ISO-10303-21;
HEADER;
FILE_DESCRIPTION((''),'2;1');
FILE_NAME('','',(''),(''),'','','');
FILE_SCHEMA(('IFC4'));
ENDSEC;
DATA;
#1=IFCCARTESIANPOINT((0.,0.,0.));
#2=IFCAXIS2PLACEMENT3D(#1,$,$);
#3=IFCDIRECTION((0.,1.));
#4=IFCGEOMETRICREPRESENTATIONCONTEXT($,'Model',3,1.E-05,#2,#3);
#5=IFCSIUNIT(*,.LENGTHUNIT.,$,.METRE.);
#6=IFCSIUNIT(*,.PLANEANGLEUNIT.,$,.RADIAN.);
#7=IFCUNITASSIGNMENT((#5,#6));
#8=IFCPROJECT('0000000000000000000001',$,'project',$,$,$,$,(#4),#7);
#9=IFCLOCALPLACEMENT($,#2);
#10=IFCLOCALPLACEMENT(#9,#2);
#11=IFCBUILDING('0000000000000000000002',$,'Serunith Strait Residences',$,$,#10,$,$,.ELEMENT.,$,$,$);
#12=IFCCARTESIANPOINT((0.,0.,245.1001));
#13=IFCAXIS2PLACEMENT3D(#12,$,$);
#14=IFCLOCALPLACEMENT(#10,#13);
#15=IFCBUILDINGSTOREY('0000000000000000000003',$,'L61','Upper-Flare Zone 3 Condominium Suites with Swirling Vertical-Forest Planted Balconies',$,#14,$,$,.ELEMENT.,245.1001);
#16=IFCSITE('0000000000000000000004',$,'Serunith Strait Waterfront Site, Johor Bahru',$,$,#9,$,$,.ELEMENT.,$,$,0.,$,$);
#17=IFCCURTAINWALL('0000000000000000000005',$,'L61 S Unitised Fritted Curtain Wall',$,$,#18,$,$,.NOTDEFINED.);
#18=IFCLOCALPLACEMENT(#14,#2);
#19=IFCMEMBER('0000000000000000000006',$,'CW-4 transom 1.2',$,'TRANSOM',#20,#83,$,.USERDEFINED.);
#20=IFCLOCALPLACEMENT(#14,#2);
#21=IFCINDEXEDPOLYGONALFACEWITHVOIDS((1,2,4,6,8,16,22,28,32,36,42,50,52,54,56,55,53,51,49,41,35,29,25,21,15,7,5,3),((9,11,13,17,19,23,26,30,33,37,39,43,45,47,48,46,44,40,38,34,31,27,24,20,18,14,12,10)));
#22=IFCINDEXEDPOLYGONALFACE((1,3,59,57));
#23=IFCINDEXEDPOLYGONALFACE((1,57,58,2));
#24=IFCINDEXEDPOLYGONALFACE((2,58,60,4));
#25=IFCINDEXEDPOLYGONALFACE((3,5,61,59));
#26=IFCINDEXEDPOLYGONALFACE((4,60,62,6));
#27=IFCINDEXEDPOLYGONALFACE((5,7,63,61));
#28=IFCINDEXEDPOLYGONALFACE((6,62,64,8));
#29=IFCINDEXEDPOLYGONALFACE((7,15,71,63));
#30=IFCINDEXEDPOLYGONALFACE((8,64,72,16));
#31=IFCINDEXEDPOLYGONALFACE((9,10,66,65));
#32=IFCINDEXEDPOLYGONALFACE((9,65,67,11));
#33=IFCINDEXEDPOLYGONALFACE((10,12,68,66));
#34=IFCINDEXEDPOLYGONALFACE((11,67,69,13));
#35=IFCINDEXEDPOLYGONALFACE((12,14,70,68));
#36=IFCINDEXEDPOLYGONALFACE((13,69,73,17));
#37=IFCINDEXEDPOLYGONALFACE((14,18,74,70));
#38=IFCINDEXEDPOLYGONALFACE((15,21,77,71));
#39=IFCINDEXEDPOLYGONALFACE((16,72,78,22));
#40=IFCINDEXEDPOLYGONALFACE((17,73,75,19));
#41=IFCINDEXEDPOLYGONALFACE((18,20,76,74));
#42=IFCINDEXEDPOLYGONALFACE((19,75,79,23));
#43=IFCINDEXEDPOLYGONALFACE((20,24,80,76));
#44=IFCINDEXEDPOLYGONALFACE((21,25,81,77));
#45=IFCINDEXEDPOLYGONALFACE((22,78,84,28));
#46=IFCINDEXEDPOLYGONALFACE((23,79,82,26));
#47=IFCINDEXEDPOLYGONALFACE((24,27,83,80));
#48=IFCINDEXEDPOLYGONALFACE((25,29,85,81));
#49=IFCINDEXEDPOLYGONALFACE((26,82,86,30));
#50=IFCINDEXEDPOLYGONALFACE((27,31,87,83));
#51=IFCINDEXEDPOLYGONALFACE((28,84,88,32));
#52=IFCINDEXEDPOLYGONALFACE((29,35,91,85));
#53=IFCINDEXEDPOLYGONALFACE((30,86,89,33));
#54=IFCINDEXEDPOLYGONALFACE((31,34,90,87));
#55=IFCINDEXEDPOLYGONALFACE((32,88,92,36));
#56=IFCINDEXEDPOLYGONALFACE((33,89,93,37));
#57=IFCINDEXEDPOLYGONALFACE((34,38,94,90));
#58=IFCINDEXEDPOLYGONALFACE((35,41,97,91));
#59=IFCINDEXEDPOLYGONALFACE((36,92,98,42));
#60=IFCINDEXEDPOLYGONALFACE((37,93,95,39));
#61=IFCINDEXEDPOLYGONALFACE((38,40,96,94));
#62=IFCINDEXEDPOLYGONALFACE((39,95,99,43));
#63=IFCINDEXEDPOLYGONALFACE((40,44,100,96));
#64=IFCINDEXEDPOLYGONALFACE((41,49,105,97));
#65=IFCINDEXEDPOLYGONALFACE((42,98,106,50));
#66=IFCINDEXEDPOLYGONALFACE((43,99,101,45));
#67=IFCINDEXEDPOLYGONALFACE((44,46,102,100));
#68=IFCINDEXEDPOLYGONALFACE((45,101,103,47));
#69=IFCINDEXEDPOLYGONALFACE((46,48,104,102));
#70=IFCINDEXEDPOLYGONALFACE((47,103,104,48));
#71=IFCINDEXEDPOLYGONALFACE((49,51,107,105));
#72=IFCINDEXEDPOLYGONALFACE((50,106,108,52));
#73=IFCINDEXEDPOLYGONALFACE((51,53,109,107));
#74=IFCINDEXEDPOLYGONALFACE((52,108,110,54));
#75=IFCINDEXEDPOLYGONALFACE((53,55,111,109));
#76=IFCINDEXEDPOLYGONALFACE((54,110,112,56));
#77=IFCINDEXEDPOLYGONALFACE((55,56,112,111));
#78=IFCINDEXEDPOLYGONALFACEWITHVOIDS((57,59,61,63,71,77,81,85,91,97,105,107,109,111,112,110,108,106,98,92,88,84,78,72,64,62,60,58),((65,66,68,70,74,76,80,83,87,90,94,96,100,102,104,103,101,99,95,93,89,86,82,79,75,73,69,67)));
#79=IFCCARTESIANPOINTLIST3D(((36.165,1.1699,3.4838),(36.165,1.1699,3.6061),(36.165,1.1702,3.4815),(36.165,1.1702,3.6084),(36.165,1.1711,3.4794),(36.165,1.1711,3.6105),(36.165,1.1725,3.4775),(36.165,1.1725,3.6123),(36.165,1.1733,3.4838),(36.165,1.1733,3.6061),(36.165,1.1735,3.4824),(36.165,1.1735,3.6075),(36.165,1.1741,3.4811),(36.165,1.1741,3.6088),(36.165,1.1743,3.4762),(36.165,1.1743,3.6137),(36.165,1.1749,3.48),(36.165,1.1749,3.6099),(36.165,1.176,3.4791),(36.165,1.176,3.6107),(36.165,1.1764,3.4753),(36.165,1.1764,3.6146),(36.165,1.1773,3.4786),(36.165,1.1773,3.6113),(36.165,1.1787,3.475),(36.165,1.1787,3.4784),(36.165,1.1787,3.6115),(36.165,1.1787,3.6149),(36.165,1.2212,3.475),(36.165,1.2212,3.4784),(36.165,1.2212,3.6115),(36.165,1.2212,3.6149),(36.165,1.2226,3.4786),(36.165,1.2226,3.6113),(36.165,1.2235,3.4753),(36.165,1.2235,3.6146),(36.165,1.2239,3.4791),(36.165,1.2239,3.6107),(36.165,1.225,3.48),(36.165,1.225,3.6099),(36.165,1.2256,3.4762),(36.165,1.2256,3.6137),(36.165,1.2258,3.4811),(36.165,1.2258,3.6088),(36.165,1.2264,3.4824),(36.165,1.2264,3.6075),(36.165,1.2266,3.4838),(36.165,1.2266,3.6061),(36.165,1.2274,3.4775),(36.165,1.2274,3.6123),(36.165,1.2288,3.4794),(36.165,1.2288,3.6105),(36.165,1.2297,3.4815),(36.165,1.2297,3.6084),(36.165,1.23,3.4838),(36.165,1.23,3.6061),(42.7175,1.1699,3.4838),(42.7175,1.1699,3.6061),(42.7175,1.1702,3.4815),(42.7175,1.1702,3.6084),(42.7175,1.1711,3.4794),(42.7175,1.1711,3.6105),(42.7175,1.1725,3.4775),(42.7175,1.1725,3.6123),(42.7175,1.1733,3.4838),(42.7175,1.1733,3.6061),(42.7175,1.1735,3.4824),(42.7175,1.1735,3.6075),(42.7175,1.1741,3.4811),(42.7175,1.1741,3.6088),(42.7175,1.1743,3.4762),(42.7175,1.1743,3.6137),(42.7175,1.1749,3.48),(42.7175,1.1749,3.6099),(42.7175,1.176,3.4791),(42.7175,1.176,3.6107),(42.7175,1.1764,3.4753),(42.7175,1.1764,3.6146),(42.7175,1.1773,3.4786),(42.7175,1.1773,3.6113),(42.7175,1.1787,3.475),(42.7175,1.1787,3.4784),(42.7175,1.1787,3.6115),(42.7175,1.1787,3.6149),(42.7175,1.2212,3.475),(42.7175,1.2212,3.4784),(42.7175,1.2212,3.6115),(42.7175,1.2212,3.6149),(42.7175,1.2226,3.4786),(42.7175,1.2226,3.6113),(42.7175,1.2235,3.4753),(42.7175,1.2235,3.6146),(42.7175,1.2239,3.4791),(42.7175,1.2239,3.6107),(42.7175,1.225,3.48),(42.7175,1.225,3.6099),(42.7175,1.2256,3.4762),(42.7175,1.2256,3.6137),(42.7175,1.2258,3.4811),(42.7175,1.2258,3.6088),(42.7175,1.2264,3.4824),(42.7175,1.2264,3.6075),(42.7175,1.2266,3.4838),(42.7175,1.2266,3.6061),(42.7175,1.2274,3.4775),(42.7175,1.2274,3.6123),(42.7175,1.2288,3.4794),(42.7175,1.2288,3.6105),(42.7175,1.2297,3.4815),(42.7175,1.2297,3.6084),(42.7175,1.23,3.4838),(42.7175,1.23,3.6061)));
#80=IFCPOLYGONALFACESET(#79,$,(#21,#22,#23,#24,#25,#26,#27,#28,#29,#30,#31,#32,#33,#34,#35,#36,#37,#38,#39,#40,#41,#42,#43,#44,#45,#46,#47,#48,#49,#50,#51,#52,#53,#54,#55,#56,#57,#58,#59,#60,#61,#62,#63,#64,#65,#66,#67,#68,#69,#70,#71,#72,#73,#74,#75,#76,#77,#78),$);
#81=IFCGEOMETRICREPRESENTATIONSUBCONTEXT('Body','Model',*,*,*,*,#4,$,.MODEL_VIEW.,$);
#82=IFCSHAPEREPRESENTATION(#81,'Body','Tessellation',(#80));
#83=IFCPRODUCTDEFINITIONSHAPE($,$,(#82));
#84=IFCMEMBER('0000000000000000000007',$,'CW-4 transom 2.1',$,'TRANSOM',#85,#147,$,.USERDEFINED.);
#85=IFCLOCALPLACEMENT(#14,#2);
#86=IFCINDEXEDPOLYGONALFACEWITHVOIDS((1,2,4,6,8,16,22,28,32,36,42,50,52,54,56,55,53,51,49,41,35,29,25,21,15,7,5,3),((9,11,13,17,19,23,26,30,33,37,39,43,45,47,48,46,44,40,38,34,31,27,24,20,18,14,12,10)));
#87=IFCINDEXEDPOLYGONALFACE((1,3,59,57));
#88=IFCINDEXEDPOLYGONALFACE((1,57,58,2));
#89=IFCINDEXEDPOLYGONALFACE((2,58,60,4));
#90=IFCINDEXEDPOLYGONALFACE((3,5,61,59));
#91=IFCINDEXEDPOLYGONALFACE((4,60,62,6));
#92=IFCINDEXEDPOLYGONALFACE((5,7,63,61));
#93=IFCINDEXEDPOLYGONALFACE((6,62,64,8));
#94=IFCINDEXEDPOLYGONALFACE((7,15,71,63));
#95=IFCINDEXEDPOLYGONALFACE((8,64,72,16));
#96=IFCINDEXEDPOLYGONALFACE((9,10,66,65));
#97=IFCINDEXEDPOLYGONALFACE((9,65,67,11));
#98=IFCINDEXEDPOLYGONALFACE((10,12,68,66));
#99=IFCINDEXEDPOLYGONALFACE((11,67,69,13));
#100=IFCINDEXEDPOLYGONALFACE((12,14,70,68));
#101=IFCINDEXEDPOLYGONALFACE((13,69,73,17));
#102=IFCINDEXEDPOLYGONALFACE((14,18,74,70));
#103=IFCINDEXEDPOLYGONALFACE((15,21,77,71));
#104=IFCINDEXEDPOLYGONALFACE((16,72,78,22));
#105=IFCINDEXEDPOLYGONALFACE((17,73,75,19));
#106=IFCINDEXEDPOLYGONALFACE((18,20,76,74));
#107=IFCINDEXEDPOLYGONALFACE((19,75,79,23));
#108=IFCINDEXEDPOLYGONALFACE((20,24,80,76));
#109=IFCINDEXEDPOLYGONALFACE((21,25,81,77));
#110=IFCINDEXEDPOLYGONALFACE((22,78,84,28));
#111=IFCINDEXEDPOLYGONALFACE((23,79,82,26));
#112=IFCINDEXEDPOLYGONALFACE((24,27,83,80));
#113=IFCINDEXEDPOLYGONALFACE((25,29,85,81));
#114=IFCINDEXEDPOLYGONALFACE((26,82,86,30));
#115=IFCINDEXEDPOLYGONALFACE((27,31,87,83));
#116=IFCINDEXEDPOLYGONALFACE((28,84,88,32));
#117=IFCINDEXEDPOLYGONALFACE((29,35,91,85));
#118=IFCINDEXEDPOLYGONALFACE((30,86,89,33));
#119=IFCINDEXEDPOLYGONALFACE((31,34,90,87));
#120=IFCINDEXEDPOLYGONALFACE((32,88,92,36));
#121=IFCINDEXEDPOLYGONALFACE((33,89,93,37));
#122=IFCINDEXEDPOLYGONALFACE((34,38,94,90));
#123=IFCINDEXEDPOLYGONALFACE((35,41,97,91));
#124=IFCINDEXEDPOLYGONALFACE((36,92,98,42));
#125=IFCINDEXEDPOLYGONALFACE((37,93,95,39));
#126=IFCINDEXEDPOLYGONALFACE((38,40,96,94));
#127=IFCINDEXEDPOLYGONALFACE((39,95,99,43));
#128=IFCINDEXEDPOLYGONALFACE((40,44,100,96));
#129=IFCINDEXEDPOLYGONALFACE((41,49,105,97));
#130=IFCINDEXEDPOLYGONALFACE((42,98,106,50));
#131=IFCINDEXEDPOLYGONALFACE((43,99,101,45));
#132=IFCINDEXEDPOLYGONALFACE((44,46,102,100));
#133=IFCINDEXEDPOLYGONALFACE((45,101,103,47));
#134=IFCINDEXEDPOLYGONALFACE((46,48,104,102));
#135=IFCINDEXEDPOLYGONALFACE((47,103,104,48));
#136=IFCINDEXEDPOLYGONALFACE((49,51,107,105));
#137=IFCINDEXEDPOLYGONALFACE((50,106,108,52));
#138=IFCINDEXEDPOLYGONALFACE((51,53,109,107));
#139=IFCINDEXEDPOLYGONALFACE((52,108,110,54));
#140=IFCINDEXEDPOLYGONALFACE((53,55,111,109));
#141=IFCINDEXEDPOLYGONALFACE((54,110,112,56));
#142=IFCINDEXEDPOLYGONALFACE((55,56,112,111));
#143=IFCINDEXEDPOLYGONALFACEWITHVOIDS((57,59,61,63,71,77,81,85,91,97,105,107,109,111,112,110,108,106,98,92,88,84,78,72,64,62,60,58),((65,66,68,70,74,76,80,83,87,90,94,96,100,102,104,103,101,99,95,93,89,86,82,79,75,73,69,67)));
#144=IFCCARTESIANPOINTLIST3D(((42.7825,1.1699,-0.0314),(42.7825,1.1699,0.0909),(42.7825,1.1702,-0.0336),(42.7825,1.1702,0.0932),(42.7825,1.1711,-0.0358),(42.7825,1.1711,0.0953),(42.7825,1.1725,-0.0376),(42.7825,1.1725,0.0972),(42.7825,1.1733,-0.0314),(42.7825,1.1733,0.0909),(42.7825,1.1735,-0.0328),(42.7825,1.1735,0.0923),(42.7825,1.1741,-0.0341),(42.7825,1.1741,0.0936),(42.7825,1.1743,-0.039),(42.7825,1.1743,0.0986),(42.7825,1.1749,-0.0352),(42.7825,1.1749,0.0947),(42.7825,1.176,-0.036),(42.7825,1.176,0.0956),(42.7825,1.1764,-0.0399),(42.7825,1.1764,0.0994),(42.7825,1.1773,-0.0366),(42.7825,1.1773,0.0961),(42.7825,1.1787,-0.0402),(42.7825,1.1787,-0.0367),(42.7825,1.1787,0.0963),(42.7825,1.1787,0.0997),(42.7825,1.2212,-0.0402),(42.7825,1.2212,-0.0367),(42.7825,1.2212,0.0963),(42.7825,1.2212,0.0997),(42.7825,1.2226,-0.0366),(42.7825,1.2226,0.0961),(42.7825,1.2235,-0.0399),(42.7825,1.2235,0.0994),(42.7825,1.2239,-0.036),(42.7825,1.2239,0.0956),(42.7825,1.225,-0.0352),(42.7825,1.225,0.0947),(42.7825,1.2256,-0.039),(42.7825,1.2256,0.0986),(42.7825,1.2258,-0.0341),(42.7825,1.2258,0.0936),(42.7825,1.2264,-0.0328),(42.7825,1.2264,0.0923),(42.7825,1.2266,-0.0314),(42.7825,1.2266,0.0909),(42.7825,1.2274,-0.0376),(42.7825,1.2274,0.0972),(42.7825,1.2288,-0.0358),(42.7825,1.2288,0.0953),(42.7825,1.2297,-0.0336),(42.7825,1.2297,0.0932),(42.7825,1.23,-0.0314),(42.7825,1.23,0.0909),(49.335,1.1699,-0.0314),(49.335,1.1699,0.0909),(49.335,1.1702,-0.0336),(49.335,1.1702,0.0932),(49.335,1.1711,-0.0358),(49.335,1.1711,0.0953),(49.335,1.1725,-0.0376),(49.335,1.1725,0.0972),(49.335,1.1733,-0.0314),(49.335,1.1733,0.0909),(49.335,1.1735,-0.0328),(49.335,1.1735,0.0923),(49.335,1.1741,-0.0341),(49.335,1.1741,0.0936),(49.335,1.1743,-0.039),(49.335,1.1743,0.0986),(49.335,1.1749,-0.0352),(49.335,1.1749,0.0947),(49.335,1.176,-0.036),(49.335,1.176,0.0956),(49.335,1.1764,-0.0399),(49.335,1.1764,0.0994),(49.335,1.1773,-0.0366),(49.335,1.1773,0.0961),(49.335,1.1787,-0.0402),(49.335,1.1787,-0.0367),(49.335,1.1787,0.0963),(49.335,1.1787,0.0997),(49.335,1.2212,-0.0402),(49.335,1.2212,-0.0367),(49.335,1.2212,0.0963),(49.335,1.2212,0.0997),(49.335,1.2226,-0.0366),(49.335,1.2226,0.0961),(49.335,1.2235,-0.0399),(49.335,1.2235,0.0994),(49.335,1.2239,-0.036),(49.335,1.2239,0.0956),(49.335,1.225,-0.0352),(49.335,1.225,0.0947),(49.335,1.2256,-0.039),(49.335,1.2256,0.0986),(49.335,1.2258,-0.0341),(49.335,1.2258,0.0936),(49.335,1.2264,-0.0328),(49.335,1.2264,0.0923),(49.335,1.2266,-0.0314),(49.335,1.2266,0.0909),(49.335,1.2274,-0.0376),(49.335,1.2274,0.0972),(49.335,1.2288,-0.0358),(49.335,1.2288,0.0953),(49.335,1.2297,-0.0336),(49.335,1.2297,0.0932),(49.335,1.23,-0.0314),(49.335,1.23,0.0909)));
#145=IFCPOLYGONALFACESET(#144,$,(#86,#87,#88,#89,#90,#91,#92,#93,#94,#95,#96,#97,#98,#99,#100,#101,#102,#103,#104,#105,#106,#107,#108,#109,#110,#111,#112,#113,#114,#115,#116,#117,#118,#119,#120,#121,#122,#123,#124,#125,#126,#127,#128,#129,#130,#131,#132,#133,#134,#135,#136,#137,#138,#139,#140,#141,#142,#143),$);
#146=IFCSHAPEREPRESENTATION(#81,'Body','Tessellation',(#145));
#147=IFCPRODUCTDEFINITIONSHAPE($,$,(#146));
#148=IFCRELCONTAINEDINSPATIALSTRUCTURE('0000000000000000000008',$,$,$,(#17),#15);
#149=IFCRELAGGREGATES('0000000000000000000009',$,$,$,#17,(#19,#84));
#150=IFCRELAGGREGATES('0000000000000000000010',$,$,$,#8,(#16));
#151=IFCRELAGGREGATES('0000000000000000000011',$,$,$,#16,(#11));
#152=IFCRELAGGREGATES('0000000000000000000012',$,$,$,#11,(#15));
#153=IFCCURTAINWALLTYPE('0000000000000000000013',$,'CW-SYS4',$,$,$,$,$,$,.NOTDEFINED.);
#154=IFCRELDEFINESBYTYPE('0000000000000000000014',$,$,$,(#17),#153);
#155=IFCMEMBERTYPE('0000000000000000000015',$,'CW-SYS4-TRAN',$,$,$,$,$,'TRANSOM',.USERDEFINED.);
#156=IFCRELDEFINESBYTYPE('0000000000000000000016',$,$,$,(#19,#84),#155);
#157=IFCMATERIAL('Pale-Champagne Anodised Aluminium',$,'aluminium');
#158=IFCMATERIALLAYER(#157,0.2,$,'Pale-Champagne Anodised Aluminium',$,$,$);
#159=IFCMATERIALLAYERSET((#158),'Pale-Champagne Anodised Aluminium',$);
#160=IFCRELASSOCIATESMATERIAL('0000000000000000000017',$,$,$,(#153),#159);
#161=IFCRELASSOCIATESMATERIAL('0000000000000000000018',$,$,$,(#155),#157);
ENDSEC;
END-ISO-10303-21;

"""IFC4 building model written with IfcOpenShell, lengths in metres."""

from ifc_helpers import new_model, si_unit, direction, frame, origin, origin_2d, place, context, subcontext, project, spatial, hollow_rectangle, extrude, source, transform, mapped, material, layer, layer_set, material_profile, profile_set, type_object, element, aggregate, save


model = new_model("IFC4")

# Units and contexts
model_context = context("Model", 3, precision=1e-05, world=origin(), true_north=direction((0.0, 1.0)))
body_context = subcontext(model_context, "Body", "Model", "MODEL_VIEW")
ifc_project = project(units=[si_unit("LENGTHUNIT", "METRE"), si_unit("PLANEANGLEUNIT", "RADIAN")], contexts=[model_context])

# Site, building, storey
site_placement = place(None, origin())
site = spatial("IfcSite", under=ifc_project, at=site_placement, Name="Serunith Strait Waterfront Site, Johor Bahru", CompositionType="ELEMENT", RefElevation=0.0)
building_placement = place(site_placement, origin())
building = spatial("IfcBuilding", under=site, at=building_placement, Name="Serunith Strait Residences", CompositionType="ELEMENT")
storey_placement = place(building_placement, frame((0.0, 0.0, 245.1001)))
storey = spatial("IfcBuildingStorey", under=building, at=storey_placement, Name="L61", Description="Upper-Flare Zone 3 Condominium Suites with Swirling Vertical-Forest Planted Balconies", CompositionType="ELEMENT", Elevation=245.1001)

# Shared definitions
ifc_material_1 = material(Name="Pale-Champagne Anodised Aluminium", Category="aluminium")
ifc_layer_1 = layer(ifc_material_1, 0.2, Name="Pale-Champagne Anodised Aluminium")
ifc_layer_set_1 = layer_set([ifc_layer_1], Name="Pale-Champagne Anodised Aluminium")
curtain_wall_type = type_object("IfcCurtainWallType", Name="CW-SYS4", PredefinedType="NOTDEFINED", material=ifc_layer_set_1)

# Curtain wall, members
curtain_wall_1_placement = place(storey_placement, origin())
curtain_wall_1 = element("IfcCurtainWall", 1, at=curtain_wall_1_placement, inside=storey, type_object=curtain_wall_type, Name="L61 S Unitised Fritted Curtain Wall", PredefinedType="NOTDEFINED")
ifc_material_profile_1 = material_profile(ifc_material_1, hollow_rectangle(XDim=0.0601, YDim=0.1399, WallThickness=0.0034, InnerFilletRadius=0.0054, OuterFilletRadius=0.0088, at=origin_2d()), Name="ALU 140x60x3.5")
ifc_profile_set_1 = profile_set([ifc_material_profile_1], Name="Pale-Champagne Anodised Aluminium")
member_type_1 = type_object("IfcMemberType", Name="CW-SYS4-TRAN", ElementType="TRANSOM", PredefinedType="USERDEFINED", material=ifc_profile_set_1)
shared_shape_1 = source(origin(), body_context, "Body", "SweptSolid", [
    extrude(hollow_rectangle(XDim=0.0601, YDim=0.1399, WallThickness=0.0034, InnerFilletRadius=0.0054, OuterFilletRadius=0.0088, at=origin_2d()), origin(), (0.0, 0.0, 1.0), 6.5525),
])
member_1_placement = place(storey_placement, frame((36.165, 1.2, 3.5449), z_axis=(1.0, 0.0, 0.0), x_axis=(0.0, 1.0, 0.0)))
member_1 = element("IfcMember", 2, at=member_1_placement, type_object=member_type_1, Name="CW-4 transom 1.2", ObjectType="TRANSOM", PredefinedType="USERDEFINED", context=body_context, shape_type="MappedRepresentation", body=[
    mapped(shared_shape_1, transform((0.0, 0.0, 0.0), scale=1.0)),
])
member_2_placement = place(storey_placement, frame((42.7825, 1.2, 0.0298), z_axis=(1.0, 0.0, 0.0), x_axis=(0.0, 1.0, 0.0)))
member_2 = element("IfcMember", 3, at=member_2_placement, type_object=member_type_1, Name="CW-4 transom 2.1", ObjectType="TRANSOM", PredefinedType="USERDEFINED", context=body_context, shape_type="MappedRepresentation", body=[
    mapped(shared_shape_1, transform((0.0, 0.0, 0.0), scale=1.0)),
])
aggregate(curtain_wall_1, [member_1, member_2])

save(model, "model.ifc")
